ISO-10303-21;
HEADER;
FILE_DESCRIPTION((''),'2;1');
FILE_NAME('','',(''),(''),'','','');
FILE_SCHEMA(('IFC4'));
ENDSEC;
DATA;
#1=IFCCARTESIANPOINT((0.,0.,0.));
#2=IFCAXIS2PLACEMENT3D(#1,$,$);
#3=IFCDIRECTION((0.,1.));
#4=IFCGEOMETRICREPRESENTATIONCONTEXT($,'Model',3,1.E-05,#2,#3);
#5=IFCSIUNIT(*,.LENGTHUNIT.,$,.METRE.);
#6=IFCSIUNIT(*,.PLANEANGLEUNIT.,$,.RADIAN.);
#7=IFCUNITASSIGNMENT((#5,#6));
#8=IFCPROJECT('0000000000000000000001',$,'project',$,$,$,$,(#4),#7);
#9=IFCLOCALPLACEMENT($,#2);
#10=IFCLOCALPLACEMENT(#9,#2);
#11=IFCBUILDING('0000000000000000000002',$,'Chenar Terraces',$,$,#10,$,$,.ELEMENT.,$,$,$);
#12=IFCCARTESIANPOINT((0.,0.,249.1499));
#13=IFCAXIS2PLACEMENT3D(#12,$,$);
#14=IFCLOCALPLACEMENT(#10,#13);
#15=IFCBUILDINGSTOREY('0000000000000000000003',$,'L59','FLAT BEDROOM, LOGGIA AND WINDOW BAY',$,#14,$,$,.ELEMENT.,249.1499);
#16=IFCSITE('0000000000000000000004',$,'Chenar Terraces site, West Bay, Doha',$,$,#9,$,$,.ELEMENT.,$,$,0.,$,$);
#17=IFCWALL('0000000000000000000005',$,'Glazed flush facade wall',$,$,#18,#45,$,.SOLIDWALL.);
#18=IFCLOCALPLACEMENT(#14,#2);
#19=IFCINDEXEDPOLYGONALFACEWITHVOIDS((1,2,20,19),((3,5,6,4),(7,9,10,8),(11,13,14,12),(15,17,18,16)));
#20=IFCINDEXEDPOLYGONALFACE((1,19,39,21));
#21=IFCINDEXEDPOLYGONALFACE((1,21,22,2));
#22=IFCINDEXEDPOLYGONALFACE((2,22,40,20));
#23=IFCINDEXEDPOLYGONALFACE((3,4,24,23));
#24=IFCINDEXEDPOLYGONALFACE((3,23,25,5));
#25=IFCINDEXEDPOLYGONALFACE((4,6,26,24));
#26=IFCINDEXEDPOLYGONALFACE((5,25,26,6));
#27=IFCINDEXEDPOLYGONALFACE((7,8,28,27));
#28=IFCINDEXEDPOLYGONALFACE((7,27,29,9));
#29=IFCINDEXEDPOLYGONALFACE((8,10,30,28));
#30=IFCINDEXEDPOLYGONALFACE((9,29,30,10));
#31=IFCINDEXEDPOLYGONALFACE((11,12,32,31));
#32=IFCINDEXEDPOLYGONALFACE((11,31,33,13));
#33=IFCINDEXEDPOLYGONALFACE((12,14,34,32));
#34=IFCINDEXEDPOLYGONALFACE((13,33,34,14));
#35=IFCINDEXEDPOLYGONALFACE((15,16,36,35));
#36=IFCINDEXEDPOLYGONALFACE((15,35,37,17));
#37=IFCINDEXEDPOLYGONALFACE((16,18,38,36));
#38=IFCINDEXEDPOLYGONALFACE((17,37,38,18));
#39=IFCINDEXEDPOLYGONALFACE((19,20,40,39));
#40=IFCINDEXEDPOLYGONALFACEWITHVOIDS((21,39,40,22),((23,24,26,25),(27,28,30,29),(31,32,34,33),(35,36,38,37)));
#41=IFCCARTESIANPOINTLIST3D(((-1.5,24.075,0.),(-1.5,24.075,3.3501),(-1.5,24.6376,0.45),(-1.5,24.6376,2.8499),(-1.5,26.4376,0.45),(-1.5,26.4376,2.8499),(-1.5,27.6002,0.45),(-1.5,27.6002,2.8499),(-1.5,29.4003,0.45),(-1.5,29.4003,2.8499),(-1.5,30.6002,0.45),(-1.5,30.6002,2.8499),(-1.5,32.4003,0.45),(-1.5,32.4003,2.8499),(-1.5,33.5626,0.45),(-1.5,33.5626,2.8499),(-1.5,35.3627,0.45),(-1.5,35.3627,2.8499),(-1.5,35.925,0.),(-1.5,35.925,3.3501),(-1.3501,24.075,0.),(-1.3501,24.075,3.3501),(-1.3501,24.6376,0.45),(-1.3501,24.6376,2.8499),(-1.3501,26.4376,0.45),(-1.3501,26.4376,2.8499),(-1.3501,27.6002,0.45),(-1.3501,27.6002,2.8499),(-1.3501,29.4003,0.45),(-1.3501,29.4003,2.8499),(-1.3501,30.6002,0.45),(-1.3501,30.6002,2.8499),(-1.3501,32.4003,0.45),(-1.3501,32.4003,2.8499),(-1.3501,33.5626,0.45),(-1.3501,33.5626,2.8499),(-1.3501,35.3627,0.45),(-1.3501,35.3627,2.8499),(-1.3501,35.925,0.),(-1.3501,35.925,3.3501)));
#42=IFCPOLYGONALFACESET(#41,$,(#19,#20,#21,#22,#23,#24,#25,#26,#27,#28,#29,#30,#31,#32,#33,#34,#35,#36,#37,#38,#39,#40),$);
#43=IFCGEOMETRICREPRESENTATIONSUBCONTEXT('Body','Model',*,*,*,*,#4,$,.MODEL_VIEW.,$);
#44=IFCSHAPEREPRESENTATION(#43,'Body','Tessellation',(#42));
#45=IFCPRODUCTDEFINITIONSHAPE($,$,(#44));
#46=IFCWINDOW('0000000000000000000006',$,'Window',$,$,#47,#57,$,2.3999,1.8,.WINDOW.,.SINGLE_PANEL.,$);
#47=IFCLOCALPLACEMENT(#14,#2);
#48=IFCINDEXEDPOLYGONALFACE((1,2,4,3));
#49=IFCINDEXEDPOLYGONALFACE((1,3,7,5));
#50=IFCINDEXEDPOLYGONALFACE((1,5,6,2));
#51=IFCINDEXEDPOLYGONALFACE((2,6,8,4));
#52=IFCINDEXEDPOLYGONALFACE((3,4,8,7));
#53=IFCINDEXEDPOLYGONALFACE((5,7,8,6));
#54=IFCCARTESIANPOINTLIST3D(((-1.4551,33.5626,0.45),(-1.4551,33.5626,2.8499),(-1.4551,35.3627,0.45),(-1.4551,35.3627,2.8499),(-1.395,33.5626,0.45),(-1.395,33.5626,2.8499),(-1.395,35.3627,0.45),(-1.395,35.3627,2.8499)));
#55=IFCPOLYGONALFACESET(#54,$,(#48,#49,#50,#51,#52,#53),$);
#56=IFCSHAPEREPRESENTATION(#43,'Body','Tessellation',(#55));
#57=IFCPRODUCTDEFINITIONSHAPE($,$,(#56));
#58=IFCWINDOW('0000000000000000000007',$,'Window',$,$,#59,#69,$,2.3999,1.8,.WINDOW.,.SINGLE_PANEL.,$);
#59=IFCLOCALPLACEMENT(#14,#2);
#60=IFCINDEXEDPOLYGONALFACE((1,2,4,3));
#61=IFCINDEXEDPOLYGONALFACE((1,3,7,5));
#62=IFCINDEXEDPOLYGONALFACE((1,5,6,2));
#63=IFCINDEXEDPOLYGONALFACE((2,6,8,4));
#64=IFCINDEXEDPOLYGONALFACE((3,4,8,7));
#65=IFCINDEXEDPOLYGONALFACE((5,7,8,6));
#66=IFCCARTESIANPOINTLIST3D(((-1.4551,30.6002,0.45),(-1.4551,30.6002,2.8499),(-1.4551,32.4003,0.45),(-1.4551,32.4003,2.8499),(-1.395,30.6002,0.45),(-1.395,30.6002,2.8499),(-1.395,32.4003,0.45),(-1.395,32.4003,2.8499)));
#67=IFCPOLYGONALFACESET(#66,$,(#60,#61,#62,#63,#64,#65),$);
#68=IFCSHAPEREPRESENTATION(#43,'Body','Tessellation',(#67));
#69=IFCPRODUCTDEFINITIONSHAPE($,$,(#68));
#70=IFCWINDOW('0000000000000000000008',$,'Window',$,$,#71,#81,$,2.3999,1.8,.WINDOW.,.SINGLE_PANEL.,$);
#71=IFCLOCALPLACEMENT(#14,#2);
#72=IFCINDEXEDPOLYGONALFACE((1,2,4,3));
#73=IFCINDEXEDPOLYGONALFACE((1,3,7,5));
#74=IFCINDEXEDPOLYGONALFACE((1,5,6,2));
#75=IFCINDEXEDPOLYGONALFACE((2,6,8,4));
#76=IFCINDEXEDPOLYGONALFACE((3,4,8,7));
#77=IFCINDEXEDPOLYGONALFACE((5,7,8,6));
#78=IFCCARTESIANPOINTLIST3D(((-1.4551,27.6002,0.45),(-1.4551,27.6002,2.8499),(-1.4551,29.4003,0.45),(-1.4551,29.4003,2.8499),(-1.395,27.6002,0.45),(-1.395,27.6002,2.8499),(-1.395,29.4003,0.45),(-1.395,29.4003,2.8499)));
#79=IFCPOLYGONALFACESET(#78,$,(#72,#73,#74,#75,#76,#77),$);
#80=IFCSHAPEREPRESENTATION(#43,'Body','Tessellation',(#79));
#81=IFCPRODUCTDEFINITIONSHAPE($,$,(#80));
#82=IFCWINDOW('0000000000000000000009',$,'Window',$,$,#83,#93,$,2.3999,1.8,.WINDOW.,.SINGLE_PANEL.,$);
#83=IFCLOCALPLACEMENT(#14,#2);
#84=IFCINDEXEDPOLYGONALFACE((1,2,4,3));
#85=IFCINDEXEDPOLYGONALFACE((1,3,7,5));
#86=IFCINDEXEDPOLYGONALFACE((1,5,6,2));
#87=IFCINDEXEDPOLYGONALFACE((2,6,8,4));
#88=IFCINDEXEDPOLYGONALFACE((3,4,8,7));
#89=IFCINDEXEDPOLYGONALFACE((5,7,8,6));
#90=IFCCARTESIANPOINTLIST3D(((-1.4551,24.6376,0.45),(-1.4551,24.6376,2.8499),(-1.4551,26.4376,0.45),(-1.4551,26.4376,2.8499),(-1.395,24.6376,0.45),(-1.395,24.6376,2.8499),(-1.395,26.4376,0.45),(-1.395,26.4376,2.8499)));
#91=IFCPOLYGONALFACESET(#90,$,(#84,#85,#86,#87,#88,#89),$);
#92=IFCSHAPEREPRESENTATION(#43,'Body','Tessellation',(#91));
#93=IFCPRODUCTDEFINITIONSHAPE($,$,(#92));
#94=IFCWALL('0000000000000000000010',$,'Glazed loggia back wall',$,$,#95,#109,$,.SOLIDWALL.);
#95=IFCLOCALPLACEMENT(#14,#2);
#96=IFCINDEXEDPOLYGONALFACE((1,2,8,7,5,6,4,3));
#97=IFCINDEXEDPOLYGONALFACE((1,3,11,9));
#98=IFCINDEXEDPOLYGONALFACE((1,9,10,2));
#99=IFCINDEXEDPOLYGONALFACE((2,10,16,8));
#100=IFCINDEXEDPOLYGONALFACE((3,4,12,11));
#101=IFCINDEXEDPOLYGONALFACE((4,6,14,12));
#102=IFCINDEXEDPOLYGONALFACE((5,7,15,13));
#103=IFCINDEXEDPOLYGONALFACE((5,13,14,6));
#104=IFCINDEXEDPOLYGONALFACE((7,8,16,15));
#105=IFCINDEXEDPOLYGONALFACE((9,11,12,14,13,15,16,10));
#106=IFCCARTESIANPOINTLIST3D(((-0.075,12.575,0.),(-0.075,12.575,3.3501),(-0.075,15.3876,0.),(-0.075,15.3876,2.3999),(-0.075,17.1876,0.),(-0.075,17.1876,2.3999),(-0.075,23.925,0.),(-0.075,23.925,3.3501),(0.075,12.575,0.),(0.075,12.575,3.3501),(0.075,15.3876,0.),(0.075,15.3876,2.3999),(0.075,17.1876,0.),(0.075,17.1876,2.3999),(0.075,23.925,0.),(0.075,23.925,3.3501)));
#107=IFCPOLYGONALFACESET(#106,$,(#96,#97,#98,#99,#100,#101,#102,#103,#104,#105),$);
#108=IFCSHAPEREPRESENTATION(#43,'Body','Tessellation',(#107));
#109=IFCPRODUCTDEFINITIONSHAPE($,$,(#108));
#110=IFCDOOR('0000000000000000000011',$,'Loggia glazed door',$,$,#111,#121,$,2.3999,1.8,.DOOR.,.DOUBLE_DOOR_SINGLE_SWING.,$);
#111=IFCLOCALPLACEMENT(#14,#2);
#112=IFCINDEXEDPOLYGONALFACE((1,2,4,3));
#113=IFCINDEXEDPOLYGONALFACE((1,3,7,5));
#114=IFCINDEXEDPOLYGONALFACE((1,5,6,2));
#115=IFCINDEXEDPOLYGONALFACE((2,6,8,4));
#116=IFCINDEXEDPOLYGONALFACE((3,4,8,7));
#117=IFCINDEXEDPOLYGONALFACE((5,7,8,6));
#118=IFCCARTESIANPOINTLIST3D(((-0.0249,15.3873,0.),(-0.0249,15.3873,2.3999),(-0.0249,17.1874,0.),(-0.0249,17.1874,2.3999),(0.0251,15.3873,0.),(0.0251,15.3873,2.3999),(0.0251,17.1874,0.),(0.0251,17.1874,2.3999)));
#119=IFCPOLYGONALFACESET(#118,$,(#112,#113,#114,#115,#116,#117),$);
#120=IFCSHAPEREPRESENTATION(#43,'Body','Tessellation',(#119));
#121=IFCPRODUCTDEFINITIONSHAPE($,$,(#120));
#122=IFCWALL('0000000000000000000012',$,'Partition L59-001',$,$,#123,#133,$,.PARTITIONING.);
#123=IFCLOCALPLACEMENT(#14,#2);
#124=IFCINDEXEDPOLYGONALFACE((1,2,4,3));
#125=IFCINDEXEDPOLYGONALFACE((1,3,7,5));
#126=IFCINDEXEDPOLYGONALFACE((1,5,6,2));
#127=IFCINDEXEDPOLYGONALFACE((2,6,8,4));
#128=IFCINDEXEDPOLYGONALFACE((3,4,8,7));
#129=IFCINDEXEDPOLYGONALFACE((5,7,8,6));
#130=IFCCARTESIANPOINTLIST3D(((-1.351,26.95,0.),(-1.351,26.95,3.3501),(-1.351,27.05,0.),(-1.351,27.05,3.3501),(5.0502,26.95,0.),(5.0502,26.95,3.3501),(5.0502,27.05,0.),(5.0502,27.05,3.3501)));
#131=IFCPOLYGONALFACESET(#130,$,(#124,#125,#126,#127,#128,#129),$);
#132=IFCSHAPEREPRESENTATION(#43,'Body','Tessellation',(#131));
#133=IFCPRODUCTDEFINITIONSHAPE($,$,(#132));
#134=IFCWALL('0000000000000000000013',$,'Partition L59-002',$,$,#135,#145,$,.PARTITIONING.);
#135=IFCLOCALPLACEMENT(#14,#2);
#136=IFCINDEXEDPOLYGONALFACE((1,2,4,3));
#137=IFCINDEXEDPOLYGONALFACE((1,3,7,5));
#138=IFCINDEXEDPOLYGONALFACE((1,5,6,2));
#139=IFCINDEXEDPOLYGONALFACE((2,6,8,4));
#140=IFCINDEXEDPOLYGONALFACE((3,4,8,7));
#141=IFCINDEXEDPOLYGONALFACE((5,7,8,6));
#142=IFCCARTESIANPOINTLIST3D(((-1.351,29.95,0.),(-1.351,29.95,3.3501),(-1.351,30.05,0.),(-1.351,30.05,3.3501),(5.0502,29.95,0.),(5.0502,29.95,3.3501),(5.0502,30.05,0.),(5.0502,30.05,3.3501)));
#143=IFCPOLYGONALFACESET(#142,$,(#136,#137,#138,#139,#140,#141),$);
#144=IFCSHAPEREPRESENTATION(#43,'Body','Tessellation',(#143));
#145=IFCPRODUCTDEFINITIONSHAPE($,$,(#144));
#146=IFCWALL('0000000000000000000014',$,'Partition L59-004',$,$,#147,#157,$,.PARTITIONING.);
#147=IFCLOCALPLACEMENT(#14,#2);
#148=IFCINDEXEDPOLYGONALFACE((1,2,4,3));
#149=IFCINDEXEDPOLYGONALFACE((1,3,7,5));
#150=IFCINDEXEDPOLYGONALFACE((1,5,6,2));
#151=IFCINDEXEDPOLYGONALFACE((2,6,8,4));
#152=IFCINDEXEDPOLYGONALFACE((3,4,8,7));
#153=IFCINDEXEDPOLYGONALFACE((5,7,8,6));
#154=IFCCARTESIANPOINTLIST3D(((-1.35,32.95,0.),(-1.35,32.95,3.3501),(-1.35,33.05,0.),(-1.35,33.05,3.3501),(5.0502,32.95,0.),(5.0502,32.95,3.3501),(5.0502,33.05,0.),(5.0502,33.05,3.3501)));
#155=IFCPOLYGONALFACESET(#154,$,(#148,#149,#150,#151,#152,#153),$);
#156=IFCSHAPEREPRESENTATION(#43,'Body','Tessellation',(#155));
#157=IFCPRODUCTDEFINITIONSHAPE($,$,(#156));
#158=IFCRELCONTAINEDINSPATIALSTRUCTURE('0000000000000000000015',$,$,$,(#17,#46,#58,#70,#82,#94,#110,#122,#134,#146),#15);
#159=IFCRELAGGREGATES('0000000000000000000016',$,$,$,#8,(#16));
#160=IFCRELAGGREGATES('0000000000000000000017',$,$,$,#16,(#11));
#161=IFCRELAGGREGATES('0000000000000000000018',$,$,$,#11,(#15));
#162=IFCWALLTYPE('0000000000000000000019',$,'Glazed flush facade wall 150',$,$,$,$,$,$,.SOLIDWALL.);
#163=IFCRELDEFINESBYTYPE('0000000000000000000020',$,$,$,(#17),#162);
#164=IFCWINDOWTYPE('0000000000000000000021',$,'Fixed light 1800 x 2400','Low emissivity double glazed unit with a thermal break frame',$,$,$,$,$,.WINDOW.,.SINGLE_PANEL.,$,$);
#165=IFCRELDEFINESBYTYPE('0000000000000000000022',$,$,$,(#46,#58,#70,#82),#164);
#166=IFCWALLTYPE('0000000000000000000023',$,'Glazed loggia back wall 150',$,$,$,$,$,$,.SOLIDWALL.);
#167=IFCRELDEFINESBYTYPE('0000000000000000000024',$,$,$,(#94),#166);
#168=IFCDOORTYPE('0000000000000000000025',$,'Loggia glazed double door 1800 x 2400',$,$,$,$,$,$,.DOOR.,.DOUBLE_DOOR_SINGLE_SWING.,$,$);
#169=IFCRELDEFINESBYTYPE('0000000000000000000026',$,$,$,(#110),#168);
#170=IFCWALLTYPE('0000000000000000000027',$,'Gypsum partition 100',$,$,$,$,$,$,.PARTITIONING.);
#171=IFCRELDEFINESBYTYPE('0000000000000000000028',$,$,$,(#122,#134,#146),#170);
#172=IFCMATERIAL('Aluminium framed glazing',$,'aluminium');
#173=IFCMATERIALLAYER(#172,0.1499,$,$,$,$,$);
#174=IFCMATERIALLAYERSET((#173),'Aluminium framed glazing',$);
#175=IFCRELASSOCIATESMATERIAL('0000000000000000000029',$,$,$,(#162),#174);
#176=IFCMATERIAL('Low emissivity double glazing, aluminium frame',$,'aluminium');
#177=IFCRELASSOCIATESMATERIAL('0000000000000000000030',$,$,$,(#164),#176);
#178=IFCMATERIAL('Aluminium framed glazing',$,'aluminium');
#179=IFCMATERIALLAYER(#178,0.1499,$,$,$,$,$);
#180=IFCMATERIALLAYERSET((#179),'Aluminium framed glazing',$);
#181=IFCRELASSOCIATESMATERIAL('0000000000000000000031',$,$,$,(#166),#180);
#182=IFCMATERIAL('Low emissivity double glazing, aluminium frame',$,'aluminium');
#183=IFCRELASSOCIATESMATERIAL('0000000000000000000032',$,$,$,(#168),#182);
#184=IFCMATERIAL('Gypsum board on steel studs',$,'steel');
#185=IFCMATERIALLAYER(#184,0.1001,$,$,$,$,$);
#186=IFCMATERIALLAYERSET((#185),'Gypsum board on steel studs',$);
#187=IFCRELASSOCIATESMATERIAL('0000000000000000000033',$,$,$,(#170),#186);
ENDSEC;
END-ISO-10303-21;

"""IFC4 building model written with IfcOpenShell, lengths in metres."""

from ifc_helpers import new_model, si_unit, direction, frame, frame_2d, origin, place, context, subcontext, project, spatial, rectangle, extrude, material, layer, layer_set, type_object, element, fill, save


model = new_model("IFC4")

# Units and contexts
model_context = context("Model", 3, precision=1e-05, world=origin(), true_north=direction((0.0, 1.0)))
body_context = subcontext(model_context, "Body", "Model", "MODEL_VIEW")
ifc_project = project(units=[si_unit("LENGTHUNIT", "METRE"), si_unit("PLANEANGLEUNIT", "RADIAN")], contexts=[model_context])

# Site, building, storey
site_placement = place(None, origin())
site = spatial("IfcSite", under=ifc_project, at=site_placement, Name="Chenar Terraces site, West Bay, Doha", CompositionType="ELEMENT", RefElevation=0.0)
building_placement = place(site_placement, origin())
building = spatial("IfcBuilding", under=site, at=building_placement, Name="Chenar Terraces", CompositionType="ELEMENT")
storey_placement = place(building_placement, frame((0.0, 0.0, 249.1499)))
storey = spatial("IfcBuildingStorey", under=building, at=storey_placement, Name="L59", Description="FLAT BEDROOM, LOGGIA AND WINDOW BAY", CompositionType="ELEMENT", Elevation=249.1499)

# Wall, openings, windows
ifc_material_1 = material(Name="Aluminium framed glazing", Category="aluminium")
ifc_layer_1 = layer(ifc_material_1, 0.1499)
ifc_layer_set_1 = layer_set([ifc_layer_1], Name="Aluminium framed glazing")
wall_type_1 = type_object("IfcWallType", Name="Glazed flush facade wall 150", PredefinedType="SOLIDWALL", material=ifc_layer_set_1)
wall_1_placement = place(storey_placement, frame((-1.425, 35.925, 0.0), z_axis=(0.0, 0.0, 1.0), x_axis=(0.0, -1.0, 0.0)))
wall_1 = element("IfcWall", 1, at=wall_1_placement, inside=storey, type_object=wall_type_1, Name="Glazed flush facade wall", PredefinedType="SOLIDWALL", context=body_context, shape_type="SweptSolid", body=[
    extrude(rectangle(XDim=11.8501, YDim=0.1499, at=frame_2d((5.925, 0.0))), origin(), (0.0, 0.0, 1.0), 3.3501),
])
opening_1_placement = place(wall_1_placement, frame((0.5625, 0.0, 0.45)))
opening_1 = element("IfcOpeningElement", 2, at=opening_1_placement, cuts=wall_1, PredefinedType="OPENING", context=body_context, shape_type="SweptSolid", body=[
    extrude(rectangle(XDim=1.8, YDim=2.3999, at=frame_2d((0.8999, 1.2))), frame((0.0, 0.085, 0.0), z_axis=(0.0, -1.0, 0.0), x_axis=(1.0, 0.0, 0.0)), (0.0, 0.0, 1.0), 0.1699),
])
opening_2_placement = place(wall_1_placement, frame((3.5249, 0.0, 0.45)))
opening_2 = element("IfcOpeningElement", 3, at=opening_2_placement, cuts=wall_1, PredefinedType="OPENING", context=body_context, shape_type="SweptSolid", body=[
    extrude(rectangle(XDim=1.8, YDim=2.3999, at=frame_2d((0.8999, 1.2))), frame((0.0, 0.085, 0.0), z_axis=(0.0, -1.0, 0.0), x_axis=(1.0, 0.0, 0.0)), (0.0, 0.0, 1.0), 0.1699),
])
opening_3_placement = place(wall_1_placement, frame((6.5249, 0.0, 0.45)))
opening_3 = element("IfcOpeningElement", 4, at=opening_3_placement, cuts=wall_1, PredefinedType="OPENING", context=body_context, shape_type="SweptSolid", body=[
    extrude(rectangle(XDim=1.8, YDim=2.3999, at=frame_2d((0.8999, 1.2))), frame((0.0, 0.085, 0.0), z_axis=(0.0, -1.0, 0.0), x_axis=(1.0, 0.0, 0.0)), (0.0, 0.0, 1.0), 0.1699),
])
opening_4_placement = place(wall_1_placement, frame((9.4875, 0.0, 0.45)))
opening_4 = element("IfcOpeningElement", 5, at=opening_4_placement, cuts=wall_1, PredefinedType="OPENING", context=body_context, shape_type="SweptSolid", body=[
    extrude(rectangle(XDim=1.8, YDim=2.3999, at=frame_2d((0.8999, 1.2))), frame((0.0, 0.085, 0.0), z_axis=(0.0, -1.0, 0.0), x_axis=(1.0, 0.0, 0.0)), (0.0, 0.0, 1.0), 0.1699),
])
ifc_material_2 = material(Name="Low emissivity double glazing, aluminium frame", Category="aluminium")
window_type = type_object("IfcWindowType", Name="Fixed light 1800 x 2400", Description="Low emissivity double glazed unit with a thermal break frame", PartitioningType="SINGLE_PANEL", PredefinedType="WINDOW", material=ifc_material_2)
window_1_placement = place(opening_1_placement, origin())
window_1 = element("IfcWindow", 6, at=window_1_placement, inside=storey, type_object=window_type, Name="Window", OverallHeight=2.3999, OverallWidth=1.8, PartitioningType="SINGLE_PANEL", PredefinedType="WINDOW", context=body_context, shape_type="SweptSolid", body=[
    extrude(rectangle(XDim=1.8, YDim=2.3999, at=frame_2d((0.8999, 1.2))), frame((0.0, 0.03, 0.0), z_axis=(0.0, -1.0, 0.0), x_axis=(1.0, 0.0, 0.0)), (0.0, 0.0, 1.0), 0.0601),
])
fill(opening_1, window_1)
window_2_placement = place(opening_2_placement, origin())
window_2 = element("IfcWindow", 7, at=window_2_placement, inside=storey, type_object=window_type, Name="Window", OverallHeight=2.3999, OverallWidth=1.8, PartitioningType="SINGLE_PANEL", PredefinedType="WINDOW", context=body_context, shape_type="SweptSolid", body=[
    extrude(rectangle(XDim=1.8, YDim=2.3999, at=frame_2d((0.8999, 1.2))), frame((0.0, 0.03, 0.0), z_axis=(0.0, -1.0, 0.0), x_axis=(1.0, 0.0, 0.0)), (0.0, 0.0, 1.0), 0.0601),
])
fill(opening_2, window_2)
window_3_placement = place(opening_3_placement, origin())
window_3 = element("IfcWindow", 8, at=window_3_placement, inside=storey, type_object=window_type, Name="Window", OverallHeight=2.3999, OverallWidth=1.8, PartitioningType="SINGLE_PANEL", PredefinedType="WINDOW", context=body_context, shape_type="SweptSolid", body=[
    extrude(rectangle(XDim=1.8, YDim=2.3999, at=frame_2d((0.8999, 1.2))), frame((0.0, 0.03, 0.0), z_axis=(0.0, -1.0, 0.0), x_axis=(1.0, 0.0, 0.0)), (0.0, 0.0, 1.0), 0.0601),
])
fill(opening_3, window_3)
window_4_placement = place(opening_4_placement, origin())
window_4 = element("IfcWindow", 9, at=window_4_placement, inside=storey, type_object=window_type, Name="Window", OverallHeight=2.3999, OverallWidth=1.8, PartitioningType="SINGLE_PANEL", PredefinedType="WINDOW", context=body_context, shape_type="SweptSolid", body=[
    extrude(rectangle(XDim=1.8, YDim=2.3999, at=frame_2d((0.8999, 1.2))), frame((0.0, 0.03, 0.0), z_axis=(0.0, -1.0, 0.0), x_axis=(1.0, 0.0, 0.0)), (0.0, 0.0, 1.0), 0.0601),
])
fill(opening_4, window_4)

# Wall, opening, door
ifc_material_3 = material(Name="Aluminium framed glazing", Category="aluminium")
ifc_layer_2 = layer(ifc_material_3, 0.1499)
ifc_layer_set_2 = layer_set([ifc_layer_2], Name="Aluminium framed glazing")
wall_type_2 = type_object("IfcWallType", Name="Glazed loggia back wall 150", PredefinedType="SOLIDWALL", material=ifc_layer_set_2)
wall_2_placement = place(storey_placement, frame((0.0, 23.925, 0.0), z_axis=(0.0, 0.0, 1.0), x_axis=(0.0, -1.0, 0.0)))
wall_2 = element("IfcWall", 10, at=wall_2_placement, inside=storey, type_object=wall_type_2, Name="Glazed loggia back wall", PredefinedType="SOLIDWALL", context=body_context, shape_type="SweptSolid", body=[
    extrude(rectangle(XDim=11.3501, YDim=0.1499, at=frame_2d((5.675, 0.0))), origin(), (0.0, 0.0, 1.0), 3.3501),
])
opening_5_placement = place(wall_2_placement, frame((6.7375, 0.0, 0.0)))
opening_5 = element("IfcOpeningElement", 11, at=opening_5_placement, cuts=wall_2, PredefinedType="OPENING", context=body_context, shape_type="SweptSolid", body=[
    extrude(rectangle(XDim=1.8, YDim=2.3999, at=frame_2d((0.8999, 1.2))), frame((0.0, 0.085, 0.0), z_axis=(0.0, -1.0, 0.0), x_axis=(1.0, 0.0, 0.0)), (0.0, 0.0, 1.0), 0.1699),
])
ifc_material_4 = material(Name="Low emissivity double glazing, aluminium frame", Category="aluminium")
door_type_1 = type_object("IfcDoorType", Name="Loggia glazed double door 1800 x 2400", OperationType="DOUBLE_DOOR_SINGLE_SWING", PredefinedType="DOOR", material=ifc_material_4)
door_1_placement = place(opening_5_placement, frame((1.8, 0.0, 0.0), z_axis=(0.0, 0.0, 1.0), x_axis=(-1.0, 0.0, 0.0)))
door_1 = element("IfcDoor", 12, at=door_1_placement, inside=storey, type_object=door_type_1, Name="Loggia glazed door", OperationType="DOUBLE_DOOR_SINGLE_SWING", OverallHeight=2.3999, OverallWidth=1.8, PredefinedType="DOOR", context=body_context, shape_type="SweptSolid", body=[
    extrude(rectangle(XDim=1.8, YDim=2.3999, at=frame_2d((0.8999, 1.2))), frame((0.0, 0.0249, 0.0), z_axis=(0.0, -1.0, 0.0), x_axis=(1.0, 0.0, 0.0)), (0.0, 0.0, 1.0), 0.05),
])
fill(opening_5, door_1)

# Walls
ifc_material_5 = material(Name="Gypsum board on steel studs", Category="steel")
ifc_layer_3 = layer(ifc_material_5, 0.1001)
ifc_layer_set_3 = layer_set([ifc_layer_3], Name="Gypsum board on steel studs")
wall_type_3 = type_object("IfcWallType", Name="Gypsum partition 100", PredefinedType="PARTITIONING", material=ifc_layer_set_3)
for number, where, z_axis, x_axis, name in (
    (13, (-1.3511, 27.0, 0.0), (0.0, 0.0, 1.0), (1.0, 0.0, 0.0), "Partition L59-001"),
    (14, (-1.3511, 30.0, 0.0), (0.0, 0.0, 1.0), (1.0, 0.0, 0.0), "Partition L59-002"),
):
    element("IfcWall", number, at=place(storey_placement, frame(where, z_axis=z_axis, x_axis=x_axis)), inside=storey, type_object=wall_type_3, Name=name, PredefinedType="PARTITIONING", context=body_context, shape_type="SweptSolid", body=[
        extrude(rectangle(XDim=6.4011, YDim=0.1001, at=frame_2d((3.2007, 0.0))), origin(), (0.0, 0.0, 1.0), 3.3501),
    ])
wall_3_placement = place(storey_placement, frame((-1.3501, 33.0, 0.0), z_axis=(0.0, 0.0, 1.0), x_axis=(1.0, 0.0, 0.0)))
element("IfcWall", 15, at=wall_3_placement, inside=storey, type_object=wall_type_3, Name="Partition L59-004", PredefinedType="PARTITIONING", context=body_context, shape_type="SweptSolid", body=[
    extrude(rectangle(XDim=6.4001, YDim=0.1001, at=frame_2d((3.2002, 0.0))), origin(), (0.0, 0.0, 1.0), 3.3501),
])

save(model, "model.ifc")
